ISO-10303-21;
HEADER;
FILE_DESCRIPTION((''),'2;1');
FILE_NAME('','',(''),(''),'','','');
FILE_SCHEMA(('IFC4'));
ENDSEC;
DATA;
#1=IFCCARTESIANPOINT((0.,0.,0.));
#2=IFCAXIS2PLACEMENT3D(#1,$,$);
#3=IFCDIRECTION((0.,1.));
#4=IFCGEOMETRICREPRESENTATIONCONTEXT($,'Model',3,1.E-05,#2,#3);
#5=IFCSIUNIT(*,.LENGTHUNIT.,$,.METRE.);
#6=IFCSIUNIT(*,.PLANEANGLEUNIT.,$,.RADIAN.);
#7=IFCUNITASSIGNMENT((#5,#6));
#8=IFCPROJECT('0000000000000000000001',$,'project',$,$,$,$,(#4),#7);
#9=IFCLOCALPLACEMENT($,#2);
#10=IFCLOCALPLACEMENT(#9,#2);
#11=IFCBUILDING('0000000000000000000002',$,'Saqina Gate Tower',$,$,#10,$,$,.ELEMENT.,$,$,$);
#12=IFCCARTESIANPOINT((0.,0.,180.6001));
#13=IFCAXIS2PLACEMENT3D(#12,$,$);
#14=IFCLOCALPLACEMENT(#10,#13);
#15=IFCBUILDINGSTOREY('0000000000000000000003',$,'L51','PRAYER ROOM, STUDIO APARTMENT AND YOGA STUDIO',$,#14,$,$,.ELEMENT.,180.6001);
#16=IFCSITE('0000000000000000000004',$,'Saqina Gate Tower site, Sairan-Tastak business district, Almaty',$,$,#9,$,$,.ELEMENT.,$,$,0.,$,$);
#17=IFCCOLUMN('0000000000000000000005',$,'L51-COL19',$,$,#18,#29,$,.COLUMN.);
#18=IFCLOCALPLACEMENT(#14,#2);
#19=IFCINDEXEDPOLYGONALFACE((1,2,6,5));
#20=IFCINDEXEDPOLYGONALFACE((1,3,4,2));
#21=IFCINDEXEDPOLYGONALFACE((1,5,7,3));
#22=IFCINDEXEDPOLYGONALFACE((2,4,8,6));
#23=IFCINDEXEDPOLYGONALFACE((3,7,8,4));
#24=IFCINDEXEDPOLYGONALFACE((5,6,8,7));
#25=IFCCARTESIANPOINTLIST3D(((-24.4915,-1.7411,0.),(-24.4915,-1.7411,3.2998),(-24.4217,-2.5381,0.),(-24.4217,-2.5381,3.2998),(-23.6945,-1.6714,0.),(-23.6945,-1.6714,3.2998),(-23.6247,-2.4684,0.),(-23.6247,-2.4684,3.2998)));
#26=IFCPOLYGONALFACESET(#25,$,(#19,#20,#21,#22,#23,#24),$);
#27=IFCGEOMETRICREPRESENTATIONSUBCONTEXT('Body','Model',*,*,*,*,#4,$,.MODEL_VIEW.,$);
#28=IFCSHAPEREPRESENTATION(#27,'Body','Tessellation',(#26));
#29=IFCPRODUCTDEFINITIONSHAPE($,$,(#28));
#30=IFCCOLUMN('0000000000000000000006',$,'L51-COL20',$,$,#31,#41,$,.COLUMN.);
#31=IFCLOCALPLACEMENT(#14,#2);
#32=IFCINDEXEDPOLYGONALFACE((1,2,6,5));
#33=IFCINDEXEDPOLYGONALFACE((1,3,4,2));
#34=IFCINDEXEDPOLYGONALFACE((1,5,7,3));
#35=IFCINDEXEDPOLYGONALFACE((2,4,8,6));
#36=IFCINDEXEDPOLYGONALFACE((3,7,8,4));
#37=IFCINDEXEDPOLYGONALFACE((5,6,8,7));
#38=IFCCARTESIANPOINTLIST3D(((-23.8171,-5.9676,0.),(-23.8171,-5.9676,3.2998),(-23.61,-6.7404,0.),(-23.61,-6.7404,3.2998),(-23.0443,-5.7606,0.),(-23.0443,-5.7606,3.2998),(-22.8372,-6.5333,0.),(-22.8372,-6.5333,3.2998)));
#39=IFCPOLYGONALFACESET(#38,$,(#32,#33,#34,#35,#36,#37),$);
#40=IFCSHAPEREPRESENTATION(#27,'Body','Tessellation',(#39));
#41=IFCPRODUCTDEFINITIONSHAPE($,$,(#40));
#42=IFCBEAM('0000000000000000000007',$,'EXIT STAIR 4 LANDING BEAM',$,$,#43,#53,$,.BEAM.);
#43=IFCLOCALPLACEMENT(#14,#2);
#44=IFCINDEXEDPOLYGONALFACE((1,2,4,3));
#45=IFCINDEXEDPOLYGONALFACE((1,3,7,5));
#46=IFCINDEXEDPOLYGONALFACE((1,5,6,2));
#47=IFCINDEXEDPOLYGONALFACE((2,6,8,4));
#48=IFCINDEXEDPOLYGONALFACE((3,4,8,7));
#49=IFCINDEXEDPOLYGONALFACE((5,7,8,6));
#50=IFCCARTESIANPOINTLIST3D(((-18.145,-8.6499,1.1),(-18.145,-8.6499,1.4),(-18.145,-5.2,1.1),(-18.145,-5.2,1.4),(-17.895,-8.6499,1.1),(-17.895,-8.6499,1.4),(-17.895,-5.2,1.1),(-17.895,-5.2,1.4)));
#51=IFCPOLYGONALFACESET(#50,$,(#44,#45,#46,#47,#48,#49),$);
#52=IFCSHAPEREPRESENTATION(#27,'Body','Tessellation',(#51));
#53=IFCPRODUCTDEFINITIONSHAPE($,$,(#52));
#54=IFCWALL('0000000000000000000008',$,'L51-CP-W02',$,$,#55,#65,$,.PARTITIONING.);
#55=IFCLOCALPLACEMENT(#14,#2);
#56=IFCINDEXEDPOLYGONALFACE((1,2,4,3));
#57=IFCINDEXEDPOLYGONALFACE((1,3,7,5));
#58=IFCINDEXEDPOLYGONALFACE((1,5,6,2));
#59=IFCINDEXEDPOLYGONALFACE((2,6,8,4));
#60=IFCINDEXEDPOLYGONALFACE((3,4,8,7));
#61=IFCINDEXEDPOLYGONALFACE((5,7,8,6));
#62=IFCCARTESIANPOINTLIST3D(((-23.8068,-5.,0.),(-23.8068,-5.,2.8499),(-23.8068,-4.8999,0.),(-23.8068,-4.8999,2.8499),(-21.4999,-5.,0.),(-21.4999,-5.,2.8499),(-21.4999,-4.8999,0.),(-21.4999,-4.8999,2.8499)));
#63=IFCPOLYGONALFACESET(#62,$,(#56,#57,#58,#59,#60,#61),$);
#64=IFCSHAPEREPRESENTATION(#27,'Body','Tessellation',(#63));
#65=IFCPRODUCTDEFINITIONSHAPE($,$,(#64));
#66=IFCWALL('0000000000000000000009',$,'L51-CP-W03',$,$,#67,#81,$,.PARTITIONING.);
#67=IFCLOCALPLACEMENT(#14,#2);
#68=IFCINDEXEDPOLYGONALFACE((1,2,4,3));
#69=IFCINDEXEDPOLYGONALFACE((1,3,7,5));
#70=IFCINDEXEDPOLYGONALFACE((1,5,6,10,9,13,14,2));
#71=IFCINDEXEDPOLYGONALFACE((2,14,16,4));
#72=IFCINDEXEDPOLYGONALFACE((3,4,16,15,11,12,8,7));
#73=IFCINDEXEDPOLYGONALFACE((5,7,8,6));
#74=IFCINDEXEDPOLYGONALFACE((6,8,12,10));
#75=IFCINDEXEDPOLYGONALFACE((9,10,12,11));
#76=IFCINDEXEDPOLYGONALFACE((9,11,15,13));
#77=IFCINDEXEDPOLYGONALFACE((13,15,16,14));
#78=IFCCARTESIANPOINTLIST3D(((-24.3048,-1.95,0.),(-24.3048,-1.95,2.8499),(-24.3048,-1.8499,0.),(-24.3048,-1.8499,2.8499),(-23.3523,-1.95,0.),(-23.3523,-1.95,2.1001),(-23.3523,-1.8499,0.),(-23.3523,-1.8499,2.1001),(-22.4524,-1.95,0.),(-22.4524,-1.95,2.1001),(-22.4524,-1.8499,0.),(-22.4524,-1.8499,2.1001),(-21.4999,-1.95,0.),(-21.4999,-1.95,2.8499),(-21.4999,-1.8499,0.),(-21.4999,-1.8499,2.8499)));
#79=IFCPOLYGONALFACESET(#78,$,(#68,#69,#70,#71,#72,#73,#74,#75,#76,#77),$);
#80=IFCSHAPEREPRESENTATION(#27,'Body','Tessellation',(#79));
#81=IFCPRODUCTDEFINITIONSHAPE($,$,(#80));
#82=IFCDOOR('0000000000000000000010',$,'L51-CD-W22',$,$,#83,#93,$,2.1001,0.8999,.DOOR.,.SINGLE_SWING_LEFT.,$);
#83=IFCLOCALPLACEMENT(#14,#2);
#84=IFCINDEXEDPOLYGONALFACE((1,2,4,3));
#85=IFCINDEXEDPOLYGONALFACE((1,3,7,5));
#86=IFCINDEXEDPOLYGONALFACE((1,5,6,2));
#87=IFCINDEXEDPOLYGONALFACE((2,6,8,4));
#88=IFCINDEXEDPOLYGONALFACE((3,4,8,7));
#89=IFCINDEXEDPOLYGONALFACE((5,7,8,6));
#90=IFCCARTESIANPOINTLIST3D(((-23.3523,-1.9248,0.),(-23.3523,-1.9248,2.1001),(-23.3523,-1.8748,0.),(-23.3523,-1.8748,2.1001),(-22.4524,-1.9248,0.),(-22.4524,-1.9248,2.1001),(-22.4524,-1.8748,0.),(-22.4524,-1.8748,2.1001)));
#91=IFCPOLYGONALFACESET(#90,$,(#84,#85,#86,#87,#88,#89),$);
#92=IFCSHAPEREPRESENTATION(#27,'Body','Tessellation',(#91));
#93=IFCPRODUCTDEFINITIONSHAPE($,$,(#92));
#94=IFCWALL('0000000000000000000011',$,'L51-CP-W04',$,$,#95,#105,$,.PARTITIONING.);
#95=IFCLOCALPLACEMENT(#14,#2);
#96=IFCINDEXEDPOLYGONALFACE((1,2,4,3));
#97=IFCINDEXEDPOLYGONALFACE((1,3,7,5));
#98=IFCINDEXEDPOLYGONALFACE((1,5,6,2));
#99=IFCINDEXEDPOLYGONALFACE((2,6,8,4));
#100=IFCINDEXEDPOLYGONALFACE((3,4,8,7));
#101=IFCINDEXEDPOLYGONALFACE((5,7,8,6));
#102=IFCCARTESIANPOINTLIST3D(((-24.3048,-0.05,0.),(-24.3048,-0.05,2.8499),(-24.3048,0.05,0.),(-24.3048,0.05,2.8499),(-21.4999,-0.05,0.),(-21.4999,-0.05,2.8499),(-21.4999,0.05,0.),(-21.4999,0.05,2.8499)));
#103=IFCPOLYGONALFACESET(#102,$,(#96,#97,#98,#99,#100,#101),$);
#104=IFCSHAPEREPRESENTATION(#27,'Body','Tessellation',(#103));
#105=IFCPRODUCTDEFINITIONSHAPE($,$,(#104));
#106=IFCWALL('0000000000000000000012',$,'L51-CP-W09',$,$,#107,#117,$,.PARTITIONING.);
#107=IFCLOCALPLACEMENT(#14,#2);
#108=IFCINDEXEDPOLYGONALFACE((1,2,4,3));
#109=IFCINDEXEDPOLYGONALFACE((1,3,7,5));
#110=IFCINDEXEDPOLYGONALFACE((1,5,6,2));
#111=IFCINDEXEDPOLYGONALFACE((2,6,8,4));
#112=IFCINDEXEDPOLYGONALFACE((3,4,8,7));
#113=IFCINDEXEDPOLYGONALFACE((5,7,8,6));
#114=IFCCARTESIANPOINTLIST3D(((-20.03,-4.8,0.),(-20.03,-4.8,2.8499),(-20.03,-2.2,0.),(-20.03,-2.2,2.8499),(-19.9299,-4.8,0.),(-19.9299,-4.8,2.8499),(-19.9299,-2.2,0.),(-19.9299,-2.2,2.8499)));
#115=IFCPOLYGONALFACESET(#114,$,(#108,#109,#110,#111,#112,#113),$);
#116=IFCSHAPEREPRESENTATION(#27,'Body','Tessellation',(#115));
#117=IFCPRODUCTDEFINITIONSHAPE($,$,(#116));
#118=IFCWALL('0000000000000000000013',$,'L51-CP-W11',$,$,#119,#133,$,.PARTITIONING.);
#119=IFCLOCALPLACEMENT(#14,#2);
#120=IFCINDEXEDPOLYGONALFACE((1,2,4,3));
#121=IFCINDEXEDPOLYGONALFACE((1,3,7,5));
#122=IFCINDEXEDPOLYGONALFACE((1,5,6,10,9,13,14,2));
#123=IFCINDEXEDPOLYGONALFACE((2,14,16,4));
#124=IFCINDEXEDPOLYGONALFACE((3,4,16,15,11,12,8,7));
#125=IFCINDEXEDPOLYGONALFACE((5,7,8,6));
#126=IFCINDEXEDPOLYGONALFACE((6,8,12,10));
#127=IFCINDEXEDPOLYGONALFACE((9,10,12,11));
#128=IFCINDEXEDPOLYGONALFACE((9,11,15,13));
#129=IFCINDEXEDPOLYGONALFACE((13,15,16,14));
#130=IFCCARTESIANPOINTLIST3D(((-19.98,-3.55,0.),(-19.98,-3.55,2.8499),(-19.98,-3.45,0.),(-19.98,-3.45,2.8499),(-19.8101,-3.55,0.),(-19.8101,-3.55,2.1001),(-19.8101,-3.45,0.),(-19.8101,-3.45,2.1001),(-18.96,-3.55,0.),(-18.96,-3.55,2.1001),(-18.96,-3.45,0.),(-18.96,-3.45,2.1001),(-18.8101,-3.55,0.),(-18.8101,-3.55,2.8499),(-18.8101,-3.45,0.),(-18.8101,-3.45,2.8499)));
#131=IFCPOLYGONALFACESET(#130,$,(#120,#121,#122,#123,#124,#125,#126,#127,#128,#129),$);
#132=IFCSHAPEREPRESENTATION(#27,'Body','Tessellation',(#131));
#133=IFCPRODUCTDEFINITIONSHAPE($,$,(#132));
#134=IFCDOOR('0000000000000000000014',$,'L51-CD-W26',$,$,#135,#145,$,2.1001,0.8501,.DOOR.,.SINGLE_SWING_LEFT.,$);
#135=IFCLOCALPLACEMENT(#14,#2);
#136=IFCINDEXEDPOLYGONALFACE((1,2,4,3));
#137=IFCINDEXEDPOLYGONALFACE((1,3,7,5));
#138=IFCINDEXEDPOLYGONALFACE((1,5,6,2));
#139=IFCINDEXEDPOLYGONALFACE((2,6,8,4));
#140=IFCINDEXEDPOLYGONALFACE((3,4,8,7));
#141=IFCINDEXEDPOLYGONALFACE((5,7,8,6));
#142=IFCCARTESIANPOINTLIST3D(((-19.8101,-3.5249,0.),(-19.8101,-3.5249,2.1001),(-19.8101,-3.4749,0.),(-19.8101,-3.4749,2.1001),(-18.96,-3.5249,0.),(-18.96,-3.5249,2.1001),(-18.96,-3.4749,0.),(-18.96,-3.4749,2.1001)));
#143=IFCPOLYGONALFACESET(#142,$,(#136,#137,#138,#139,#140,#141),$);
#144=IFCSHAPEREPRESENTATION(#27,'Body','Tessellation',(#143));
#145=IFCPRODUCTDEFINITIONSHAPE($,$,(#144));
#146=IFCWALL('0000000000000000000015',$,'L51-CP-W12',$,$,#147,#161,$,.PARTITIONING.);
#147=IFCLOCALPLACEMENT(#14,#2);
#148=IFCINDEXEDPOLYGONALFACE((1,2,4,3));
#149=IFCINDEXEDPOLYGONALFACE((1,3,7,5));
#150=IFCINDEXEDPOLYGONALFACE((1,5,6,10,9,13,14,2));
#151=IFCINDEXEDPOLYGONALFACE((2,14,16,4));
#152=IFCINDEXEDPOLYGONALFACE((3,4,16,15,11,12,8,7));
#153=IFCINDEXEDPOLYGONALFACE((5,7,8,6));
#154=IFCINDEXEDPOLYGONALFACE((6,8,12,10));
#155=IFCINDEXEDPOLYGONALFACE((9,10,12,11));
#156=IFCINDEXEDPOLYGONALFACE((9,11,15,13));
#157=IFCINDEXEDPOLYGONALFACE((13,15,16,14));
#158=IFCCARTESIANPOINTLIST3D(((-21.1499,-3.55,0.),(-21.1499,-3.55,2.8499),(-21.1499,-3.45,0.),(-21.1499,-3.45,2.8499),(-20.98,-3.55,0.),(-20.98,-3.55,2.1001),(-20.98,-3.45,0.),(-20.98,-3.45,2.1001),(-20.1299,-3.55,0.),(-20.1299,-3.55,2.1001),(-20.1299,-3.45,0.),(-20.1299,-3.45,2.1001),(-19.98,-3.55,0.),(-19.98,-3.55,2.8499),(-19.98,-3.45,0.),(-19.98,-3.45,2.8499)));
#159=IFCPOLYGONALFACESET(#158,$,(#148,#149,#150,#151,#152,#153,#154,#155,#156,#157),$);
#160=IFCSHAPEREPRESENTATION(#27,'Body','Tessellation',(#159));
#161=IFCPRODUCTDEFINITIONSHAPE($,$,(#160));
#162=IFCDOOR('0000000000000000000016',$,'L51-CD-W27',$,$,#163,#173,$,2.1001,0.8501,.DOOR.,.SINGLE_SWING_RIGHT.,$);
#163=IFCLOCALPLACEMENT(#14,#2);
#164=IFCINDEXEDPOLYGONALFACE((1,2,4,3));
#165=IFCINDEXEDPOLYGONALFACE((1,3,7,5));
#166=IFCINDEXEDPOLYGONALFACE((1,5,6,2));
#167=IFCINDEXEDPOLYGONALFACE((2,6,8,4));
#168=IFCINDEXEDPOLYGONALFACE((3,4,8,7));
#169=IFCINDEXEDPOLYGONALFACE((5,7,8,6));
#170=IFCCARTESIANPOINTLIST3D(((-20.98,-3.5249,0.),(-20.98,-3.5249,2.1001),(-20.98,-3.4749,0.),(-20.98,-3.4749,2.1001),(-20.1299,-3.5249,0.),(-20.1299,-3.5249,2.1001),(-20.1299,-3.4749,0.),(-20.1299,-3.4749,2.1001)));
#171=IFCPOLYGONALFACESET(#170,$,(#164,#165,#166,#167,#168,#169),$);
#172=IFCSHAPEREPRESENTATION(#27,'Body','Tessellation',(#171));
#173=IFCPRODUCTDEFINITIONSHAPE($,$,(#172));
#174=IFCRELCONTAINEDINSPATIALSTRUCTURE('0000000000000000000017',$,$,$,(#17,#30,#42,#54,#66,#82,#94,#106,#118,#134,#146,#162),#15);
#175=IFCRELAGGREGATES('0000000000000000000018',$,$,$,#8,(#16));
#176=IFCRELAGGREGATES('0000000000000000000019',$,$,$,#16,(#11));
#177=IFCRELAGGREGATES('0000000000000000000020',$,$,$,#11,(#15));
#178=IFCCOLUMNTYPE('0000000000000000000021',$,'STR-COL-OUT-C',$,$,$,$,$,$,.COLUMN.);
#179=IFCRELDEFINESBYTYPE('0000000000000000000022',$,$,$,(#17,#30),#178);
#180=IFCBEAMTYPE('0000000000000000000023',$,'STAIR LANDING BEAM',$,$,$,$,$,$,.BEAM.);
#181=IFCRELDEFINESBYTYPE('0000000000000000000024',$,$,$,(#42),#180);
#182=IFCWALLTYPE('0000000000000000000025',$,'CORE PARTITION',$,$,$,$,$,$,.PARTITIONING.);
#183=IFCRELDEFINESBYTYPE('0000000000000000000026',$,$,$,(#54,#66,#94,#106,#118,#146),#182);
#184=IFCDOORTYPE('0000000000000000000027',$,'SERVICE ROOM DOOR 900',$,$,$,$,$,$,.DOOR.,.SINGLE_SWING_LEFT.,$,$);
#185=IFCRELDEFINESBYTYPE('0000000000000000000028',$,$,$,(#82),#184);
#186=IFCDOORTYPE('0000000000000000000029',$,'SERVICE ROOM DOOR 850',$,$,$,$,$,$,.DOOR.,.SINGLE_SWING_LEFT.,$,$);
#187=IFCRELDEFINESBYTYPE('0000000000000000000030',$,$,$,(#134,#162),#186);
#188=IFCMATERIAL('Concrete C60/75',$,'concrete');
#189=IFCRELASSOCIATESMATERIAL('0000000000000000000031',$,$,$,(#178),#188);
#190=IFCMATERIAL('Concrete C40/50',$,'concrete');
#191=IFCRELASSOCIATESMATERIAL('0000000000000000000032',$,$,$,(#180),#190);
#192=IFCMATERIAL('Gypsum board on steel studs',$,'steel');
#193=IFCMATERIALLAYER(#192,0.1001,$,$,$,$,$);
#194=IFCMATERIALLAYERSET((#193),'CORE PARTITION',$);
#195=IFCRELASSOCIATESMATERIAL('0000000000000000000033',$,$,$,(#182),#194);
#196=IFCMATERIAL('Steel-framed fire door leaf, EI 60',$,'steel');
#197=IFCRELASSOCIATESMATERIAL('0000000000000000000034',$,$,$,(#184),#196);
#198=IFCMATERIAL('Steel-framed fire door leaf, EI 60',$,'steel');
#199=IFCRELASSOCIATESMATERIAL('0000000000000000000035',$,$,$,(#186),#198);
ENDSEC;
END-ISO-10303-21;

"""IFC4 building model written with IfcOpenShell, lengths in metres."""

from ifc_helpers import new_model, si_unit, direction, frame, frame_2d, origin, origin_2d, place, context, subcontext, project, spatial, rectangle, extrude, material, layer, layer_set, material_profile, profile_set, type_object, element, fill, save


model = new_model("IFC4")

# Units and contexts
model_context = context("Model", 3, precision=1e-05, world=origin(), true_north=direction((0.0, 1.0)))
body_context = subcontext(model_context, "Body", "Model", "MODEL_VIEW")
ifc_project = project(units=[si_unit("LENGTHUNIT", "METRE"), si_unit("PLANEANGLEUNIT", "RADIAN")], contexts=[model_context])

# Site, building, storey
site_placement = place(None, origin())
site = spatial("IfcSite", under=ifc_project, at=site_placement, Name="Saqina Gate Tower site, Sairan-Tastak business district, Almaty", CompositionType="ELEMENT", RefElevation=0.0)
building_placement = place(site_placement, origin())
building = spatial("IfcBuilding", under=site, at=building_placement, Name="Saqina Gate Tower", CompositionType="ELEMENT")
storey_placement = place(building_placement, frame((0.0, 0.0, 180.6001)))
storey = spatial("IfcBuildingStorey", under=building, at=storey_placement, Name="L51", Description="PRAYER ROOM, STUDIO APARTMENT AND YOGA STUDIO", CompositionType="ELEMENT", Elevation=180.6001)

# Columns
ifc_material_1 = material(Name="Concrete C60/75", Category="concrete")
ifc_material_profile_1 = material_profile(ifc_material_1, rectangle(XDim=0.8, YDim=0.8, at=origin_2d()), Name="RC 800x800")
ifc_profile_set_1 = profile_set([ifc_material_profile_1], Name="Concrete C60/75")
column_type = type_object("IfcColumnType", Name="STR-COL-OUT-C", PredefinedType="COLUMN", material=ifc_profile_set_1)
for number, where, z_axis, x_axis, name in (
    (1, (-24.0581, -2.1047, 0.0), (0.0, 0.0, 1.0), (-0.996195, -0.087156, 0.0), "L51-COL19"),
    (2, (-23.3271, -6.2505, 0.0), (0.0, 0.0, 1.0), (-0.965926, -0.258819, 0.0), "L51-COL20"),
):
    element("IfcColumn", number, at=place(storey_placement, frame(where, z_axis=z_axis, x_axis=x_axis)), inside=storey, type_object=column_type, Name=name, PredefinedType="COLUMN", context=body_context, shape_type="SweptSolid", body=[
        extrude(rectangle(XDim=0.8, YDim=0.8, at=origin_2d()), origin(), (0.0, 0.0, 1.0), 3.2998),
    ])

# Beam
ifc_material_2 = material(Name="Concrete C40/50", Category="concrete")
ifc_material_profile_2 = material_profile(ifc_material_2, rectangle(XDim=0.25, YDim=0.3, at=origin_2d()), Name="STAIR LANDING BEAM")
ifc_profile_set_2 = profile_set([ifc_material_profile_2], Name="Concrete C40/50")
beam_type = type_object("IfcBeamType", Name="STAIR LANDING BEAM", PredefinedType="BEAM", material=ifc_profile_set_2)
beam_placement = place(storey_placement, frame((-18.02, -8.6499, 1.25), z_axis=(0.0, 1.0, 0.0), x_axis=(-1.0, 0.0, 0.0)))
element("IfcBeam", 3, at=beam_placement, inside=storey, type_object=beam_type, Name="EXIT STAIR 4 LANDING BEAM", PredefinedType="BEAM", context=body_context, shape_type="SweptSolid", body=[
    extrude(rectangle(XDim=0.25, YDim=0.3, at=origin_2d()), origin(), (0.0, 0.0, 1.0), 3.45),
])

# Wall
ifc_material_3 = material(Name="Gypsum board on steel studs", Category="steel")
ifc_layer_1 = layer(ifc_material_3, 0.1001)
ifc_layer_set_1 = layer_set([ifc_layer_1], Name="CORE PARTITION")
wall_type_1 = type_object("IfcWallType", Name="CORE PARTITION", PredefinedType="PARTITIONING", material=ifc_layer_set_1)
wall_1_placement = place(storey_placement, frame((-21.5, -4.95, 0.0), z_axis=(0.0, 0.0, 1.0), x_axis=(-1.0, 0.0, 0.0)))
element("IfcWall", 4, at=wall_1_placement, inside=storey, type_object=wall_type_1, Name="L51-CP-W02", PredefinedType="PARTITIONING", context=body_context, shape_type="SweptSolid", body=[
    extrude(rectangle(XDim=2.3069, YDim=0.1001, at=frame_2d((1.1533, 0.0))), origin(), (0.0, 0.0, 1.0), 2.8499),
])

# Wall, opening, door
wall_2_placement = place(storey_placement, frame((-21.5, -1.8999, 0.0), z_axis=(0.0, 0.0, 1.0), x_axis=(-1.0, 0.0, 0.0)))
wall_2 = element("IfcWall", 5, at=wall_2_placement, inside=storey, type_object=wall_type_1, Name="L51-CP-W03", PredefinedType="PARTITIONING", context=body_context, shape_type="SweptSolid", body=[
    extrude(rectangle(XDim=2.8049, YDim=0.1001, at=frame_2d((1.4023, 0.0))), origin(), (0.0, 0.0, 1.0), 2.8499),
])
opening_1_placement = place(wall_2_placement, frame((0.9524, 0.0, 0.0)))
opening_1 = element("IfcOpeningElement", 6, at=opening_1_placement, cuts=wall_2, PredefinedType="OPENING", context=body_context, shape_type="SweptSolid", body=[
    extrude(rectangle(XDim=0.8999, YDim=2.1001, at=frame_2d((0.45, 1.05))), frame((0.0, 0.062, 0.0), z_axis=(0.0, -1.0, 0.0), x_axis=(1.0, 0.0, 0.0)), (0.0, 0.0, 1.0), 0.124),
])
ifc_material_4 = material(Name="Steel-framed fire door leaf, EI 60", Category="steel")
door_type_1 = type_object("IfcDoorType", Name="SERVICE ROOM DOOR 900", OperationType="SINGLE_SWING_LEFT", PredefinedType="DOOR", material=ifc_material_4)
door_1_placement = place(opening_1_placement, origin())
door_1 = element("IfcDoor", 7, at=door_1_placement, inside=storey, type_object=door_type_1, Name="L51-CD-W22", OperationType="SINGLE_SWING_LEFT", OverallHeight=2.1001, OverallWidth=0.8999, PredefinedType="DOOR", context=body_context, shape_type="SweptSolid", body=[
    extrude(rectangle(XDim=0.8999, YDim=2.1001, at=frame_2d((0.45, 1.05))), frame((0.0, 0.0249, 0.0), z_axis=(0.0, -1.0, 0.0), x_axis=(1.0, 0.0, 0.0)), (0.0, 0.0, 1.0), 0.05),
])
fill(opening_1, door_1)

# Walls
wall_3_placement = place(storey_placement, frame((-21.5, 0.0, 0.0), z_axis=(0.0, 0.0, 1.0), x_axis=(-1.0, 0.0, 0.0)))
element("IfcWall", 8, at=wall_3_placement, inside=storey, type_object=wall_type_1, Name="L51-CP-W04", PredefinedType="PARTITIONING", context=body_context, shape_type="SweptSolid", body=[
    extrude(rectangle(XDim=2.8049, YDim=0.1001, at=frame_2d((1.4023, 0.0))), origin(), (0.0, 0.0, 1.0), 2.8499),
])
wall_4_placement = place(storey_placement, frame((-19.98, -4.8, 0.0), z_axis=(0.0, 0.0, 1.0), x_axis=(0.0, 1.0, 0.0)))
element("IfcWall", 9, at=wall_4_placement, inside=storey, type_object=wall_type_1, Name="L51-CP-W09", PredefinedType="PARTITIONING", context=body_context, shape_type="SweptSolid", body=[
    extrude(rectangle(XDim=2.6001, YDim=0.1001, at=frame_2d((1.3, 0.0))), origin(), (0.0, 0.0, 1.0), 2.8499),
])

# Walls, openings, doors
wall_5_placement = place(storey_placement, frame((-18.8101, -3.5, 0.0), z_axis=(0.0, 0.0, 1.0), x_axis=(-1.0, 0.0, 0.0)))
wall_5 = element("IfcWall", 10, at=wall_5_placement, inside=storey, type_object=wall_type_1, Name="L51-CP-W11", PredefinedType="PARTITIONING", context=body_context, shape_type="SweptSolid", body=[
    extrude(rectangle(XDim=1.1699, YDim=0.1001, at=frame_2d((0.585, 0.0))), origin(), (0.0, 0.0, 1.0), 2.8499),
])
opening_2_placement = place(wall_5_placement, frame((0.1499, 0.0, 0.0)))
opening_2 = element("IfcOpeningElement", 11, at=opening_2_placement, cuts=wall_5, PredefinedType="OPENING", context=body_context, shape_type="SweptSolid", body=[
    extrude(rectangle(XDim=0.8501, YDim=2.1001, at=frame_2d((0.425, 1.05))), frame((0.0, 0.062, 0.0), z_axis=(0.0, -1.0, 0.0), x_axis=(1.0, 0.0, 0.0)), (0.0, 0.0, 1.0), 0.124),
])
ifc_material_5 = material(Name="Steel-framed fire door leaf, EI 60", Category="steel")
door_type_2 = type_object("IfcDoorType", Name="SERVICE ROOM DOOR 850", OperationType="SINGLE_SWING_LEFT", PredefinedType="DOOR", material=ifc_material_5)
door_2_placement = place(opening_2_placement, origin())
door_2 = element("IfcDoor", 12, at=door_2_placement, inside=storey, type_object=door_type_2, Name="L51-CD-W26", OperationType="SINGLE_SWING_LEFT", OverallHeight=2.1001, OverallWidth=0.8501, PredefinedType="DOOR", context=body_context, shape_type="SweptSolid", body=[
    extrude(rectangle(XDim=0.8501, YDim=2.1001, at=frame_2d((0.425, 1.05))), frame((0.0, 0.0249, 0.0), z_axis=(0.0, -1.0, 0.0), x_axis=(1.0, 0.0, 0.0)), (0.0, 0.0, 1.0), 0.05),
])
fill(opening_2, door_2)
wall_6_placement = place(storey_placement, frame((-19.98, -3.5, 0.0), z_axis=(0.0, 0.0, 1.0), x_axis=(-1.0, 0.0, 0.0)))
wall_6 = element("IfcWall", 13, at=wall_6_placement, inside=storey, type_object=wall_type_1, Name="L51-CP-W12", PredefinedType="PARTITIONING", context=body_context, shape_type="SweptSolid", body=[
    extrude(rectangle(XDim=1.1699, YDim=0.1001, at=frame_2d((0.585, 0.0))), origin(), (0.0, 0.0, 1.0), 2.8499),
])
opening_3_placement = place(wall_6_placement, frame((0.1499, 0.0, 0.0)))
opening_3 = element("IfcOpeningElement", 14, at=opening_3_placement, cuts=wall_6, PredefinedType="OPENING", context=body_context, shape_type="SweptSolid", body=[
    extrude(rectangle(XDim=0.8501, YDim=2.1001, at=frame_2d((0.425, 1.05))), frame((0.0, 0.062, 0.0), z_axis=(0.0, -1.0, 0.0), x_axis=(1.0, 0.0, 0.0)), (0.0, 0.0, 1.0), 0.124),
])
door_3_placement = place(opening_3_placement, origin())
door_3 = element("IfcDoor", 15, at=door_3_placement, inside=storey, type_object=door_type_2, Name="L51-CD-W27", OperationType="SINGLE_SWING_RIGHT", OverallHeight=2.1001, OverallWidth=0.8501, PredefinedType="DOOR", context=body_context, shape_type="SweptSolid", body=[
    extrude(rectangle(XDim=0.8501, YDim=2.1001, at=frame_2d((0.425, 1.05))), frame((0.0, 0.0249, 0.0), z_axis=(0.0, -1.0, 0.0), x_axis=(1.0, 0.0, 0.0)), (0.0, 0.0, 1.0), 0.05),
])
fill(opening_3, door_3)

save(model, "model.ifc")
